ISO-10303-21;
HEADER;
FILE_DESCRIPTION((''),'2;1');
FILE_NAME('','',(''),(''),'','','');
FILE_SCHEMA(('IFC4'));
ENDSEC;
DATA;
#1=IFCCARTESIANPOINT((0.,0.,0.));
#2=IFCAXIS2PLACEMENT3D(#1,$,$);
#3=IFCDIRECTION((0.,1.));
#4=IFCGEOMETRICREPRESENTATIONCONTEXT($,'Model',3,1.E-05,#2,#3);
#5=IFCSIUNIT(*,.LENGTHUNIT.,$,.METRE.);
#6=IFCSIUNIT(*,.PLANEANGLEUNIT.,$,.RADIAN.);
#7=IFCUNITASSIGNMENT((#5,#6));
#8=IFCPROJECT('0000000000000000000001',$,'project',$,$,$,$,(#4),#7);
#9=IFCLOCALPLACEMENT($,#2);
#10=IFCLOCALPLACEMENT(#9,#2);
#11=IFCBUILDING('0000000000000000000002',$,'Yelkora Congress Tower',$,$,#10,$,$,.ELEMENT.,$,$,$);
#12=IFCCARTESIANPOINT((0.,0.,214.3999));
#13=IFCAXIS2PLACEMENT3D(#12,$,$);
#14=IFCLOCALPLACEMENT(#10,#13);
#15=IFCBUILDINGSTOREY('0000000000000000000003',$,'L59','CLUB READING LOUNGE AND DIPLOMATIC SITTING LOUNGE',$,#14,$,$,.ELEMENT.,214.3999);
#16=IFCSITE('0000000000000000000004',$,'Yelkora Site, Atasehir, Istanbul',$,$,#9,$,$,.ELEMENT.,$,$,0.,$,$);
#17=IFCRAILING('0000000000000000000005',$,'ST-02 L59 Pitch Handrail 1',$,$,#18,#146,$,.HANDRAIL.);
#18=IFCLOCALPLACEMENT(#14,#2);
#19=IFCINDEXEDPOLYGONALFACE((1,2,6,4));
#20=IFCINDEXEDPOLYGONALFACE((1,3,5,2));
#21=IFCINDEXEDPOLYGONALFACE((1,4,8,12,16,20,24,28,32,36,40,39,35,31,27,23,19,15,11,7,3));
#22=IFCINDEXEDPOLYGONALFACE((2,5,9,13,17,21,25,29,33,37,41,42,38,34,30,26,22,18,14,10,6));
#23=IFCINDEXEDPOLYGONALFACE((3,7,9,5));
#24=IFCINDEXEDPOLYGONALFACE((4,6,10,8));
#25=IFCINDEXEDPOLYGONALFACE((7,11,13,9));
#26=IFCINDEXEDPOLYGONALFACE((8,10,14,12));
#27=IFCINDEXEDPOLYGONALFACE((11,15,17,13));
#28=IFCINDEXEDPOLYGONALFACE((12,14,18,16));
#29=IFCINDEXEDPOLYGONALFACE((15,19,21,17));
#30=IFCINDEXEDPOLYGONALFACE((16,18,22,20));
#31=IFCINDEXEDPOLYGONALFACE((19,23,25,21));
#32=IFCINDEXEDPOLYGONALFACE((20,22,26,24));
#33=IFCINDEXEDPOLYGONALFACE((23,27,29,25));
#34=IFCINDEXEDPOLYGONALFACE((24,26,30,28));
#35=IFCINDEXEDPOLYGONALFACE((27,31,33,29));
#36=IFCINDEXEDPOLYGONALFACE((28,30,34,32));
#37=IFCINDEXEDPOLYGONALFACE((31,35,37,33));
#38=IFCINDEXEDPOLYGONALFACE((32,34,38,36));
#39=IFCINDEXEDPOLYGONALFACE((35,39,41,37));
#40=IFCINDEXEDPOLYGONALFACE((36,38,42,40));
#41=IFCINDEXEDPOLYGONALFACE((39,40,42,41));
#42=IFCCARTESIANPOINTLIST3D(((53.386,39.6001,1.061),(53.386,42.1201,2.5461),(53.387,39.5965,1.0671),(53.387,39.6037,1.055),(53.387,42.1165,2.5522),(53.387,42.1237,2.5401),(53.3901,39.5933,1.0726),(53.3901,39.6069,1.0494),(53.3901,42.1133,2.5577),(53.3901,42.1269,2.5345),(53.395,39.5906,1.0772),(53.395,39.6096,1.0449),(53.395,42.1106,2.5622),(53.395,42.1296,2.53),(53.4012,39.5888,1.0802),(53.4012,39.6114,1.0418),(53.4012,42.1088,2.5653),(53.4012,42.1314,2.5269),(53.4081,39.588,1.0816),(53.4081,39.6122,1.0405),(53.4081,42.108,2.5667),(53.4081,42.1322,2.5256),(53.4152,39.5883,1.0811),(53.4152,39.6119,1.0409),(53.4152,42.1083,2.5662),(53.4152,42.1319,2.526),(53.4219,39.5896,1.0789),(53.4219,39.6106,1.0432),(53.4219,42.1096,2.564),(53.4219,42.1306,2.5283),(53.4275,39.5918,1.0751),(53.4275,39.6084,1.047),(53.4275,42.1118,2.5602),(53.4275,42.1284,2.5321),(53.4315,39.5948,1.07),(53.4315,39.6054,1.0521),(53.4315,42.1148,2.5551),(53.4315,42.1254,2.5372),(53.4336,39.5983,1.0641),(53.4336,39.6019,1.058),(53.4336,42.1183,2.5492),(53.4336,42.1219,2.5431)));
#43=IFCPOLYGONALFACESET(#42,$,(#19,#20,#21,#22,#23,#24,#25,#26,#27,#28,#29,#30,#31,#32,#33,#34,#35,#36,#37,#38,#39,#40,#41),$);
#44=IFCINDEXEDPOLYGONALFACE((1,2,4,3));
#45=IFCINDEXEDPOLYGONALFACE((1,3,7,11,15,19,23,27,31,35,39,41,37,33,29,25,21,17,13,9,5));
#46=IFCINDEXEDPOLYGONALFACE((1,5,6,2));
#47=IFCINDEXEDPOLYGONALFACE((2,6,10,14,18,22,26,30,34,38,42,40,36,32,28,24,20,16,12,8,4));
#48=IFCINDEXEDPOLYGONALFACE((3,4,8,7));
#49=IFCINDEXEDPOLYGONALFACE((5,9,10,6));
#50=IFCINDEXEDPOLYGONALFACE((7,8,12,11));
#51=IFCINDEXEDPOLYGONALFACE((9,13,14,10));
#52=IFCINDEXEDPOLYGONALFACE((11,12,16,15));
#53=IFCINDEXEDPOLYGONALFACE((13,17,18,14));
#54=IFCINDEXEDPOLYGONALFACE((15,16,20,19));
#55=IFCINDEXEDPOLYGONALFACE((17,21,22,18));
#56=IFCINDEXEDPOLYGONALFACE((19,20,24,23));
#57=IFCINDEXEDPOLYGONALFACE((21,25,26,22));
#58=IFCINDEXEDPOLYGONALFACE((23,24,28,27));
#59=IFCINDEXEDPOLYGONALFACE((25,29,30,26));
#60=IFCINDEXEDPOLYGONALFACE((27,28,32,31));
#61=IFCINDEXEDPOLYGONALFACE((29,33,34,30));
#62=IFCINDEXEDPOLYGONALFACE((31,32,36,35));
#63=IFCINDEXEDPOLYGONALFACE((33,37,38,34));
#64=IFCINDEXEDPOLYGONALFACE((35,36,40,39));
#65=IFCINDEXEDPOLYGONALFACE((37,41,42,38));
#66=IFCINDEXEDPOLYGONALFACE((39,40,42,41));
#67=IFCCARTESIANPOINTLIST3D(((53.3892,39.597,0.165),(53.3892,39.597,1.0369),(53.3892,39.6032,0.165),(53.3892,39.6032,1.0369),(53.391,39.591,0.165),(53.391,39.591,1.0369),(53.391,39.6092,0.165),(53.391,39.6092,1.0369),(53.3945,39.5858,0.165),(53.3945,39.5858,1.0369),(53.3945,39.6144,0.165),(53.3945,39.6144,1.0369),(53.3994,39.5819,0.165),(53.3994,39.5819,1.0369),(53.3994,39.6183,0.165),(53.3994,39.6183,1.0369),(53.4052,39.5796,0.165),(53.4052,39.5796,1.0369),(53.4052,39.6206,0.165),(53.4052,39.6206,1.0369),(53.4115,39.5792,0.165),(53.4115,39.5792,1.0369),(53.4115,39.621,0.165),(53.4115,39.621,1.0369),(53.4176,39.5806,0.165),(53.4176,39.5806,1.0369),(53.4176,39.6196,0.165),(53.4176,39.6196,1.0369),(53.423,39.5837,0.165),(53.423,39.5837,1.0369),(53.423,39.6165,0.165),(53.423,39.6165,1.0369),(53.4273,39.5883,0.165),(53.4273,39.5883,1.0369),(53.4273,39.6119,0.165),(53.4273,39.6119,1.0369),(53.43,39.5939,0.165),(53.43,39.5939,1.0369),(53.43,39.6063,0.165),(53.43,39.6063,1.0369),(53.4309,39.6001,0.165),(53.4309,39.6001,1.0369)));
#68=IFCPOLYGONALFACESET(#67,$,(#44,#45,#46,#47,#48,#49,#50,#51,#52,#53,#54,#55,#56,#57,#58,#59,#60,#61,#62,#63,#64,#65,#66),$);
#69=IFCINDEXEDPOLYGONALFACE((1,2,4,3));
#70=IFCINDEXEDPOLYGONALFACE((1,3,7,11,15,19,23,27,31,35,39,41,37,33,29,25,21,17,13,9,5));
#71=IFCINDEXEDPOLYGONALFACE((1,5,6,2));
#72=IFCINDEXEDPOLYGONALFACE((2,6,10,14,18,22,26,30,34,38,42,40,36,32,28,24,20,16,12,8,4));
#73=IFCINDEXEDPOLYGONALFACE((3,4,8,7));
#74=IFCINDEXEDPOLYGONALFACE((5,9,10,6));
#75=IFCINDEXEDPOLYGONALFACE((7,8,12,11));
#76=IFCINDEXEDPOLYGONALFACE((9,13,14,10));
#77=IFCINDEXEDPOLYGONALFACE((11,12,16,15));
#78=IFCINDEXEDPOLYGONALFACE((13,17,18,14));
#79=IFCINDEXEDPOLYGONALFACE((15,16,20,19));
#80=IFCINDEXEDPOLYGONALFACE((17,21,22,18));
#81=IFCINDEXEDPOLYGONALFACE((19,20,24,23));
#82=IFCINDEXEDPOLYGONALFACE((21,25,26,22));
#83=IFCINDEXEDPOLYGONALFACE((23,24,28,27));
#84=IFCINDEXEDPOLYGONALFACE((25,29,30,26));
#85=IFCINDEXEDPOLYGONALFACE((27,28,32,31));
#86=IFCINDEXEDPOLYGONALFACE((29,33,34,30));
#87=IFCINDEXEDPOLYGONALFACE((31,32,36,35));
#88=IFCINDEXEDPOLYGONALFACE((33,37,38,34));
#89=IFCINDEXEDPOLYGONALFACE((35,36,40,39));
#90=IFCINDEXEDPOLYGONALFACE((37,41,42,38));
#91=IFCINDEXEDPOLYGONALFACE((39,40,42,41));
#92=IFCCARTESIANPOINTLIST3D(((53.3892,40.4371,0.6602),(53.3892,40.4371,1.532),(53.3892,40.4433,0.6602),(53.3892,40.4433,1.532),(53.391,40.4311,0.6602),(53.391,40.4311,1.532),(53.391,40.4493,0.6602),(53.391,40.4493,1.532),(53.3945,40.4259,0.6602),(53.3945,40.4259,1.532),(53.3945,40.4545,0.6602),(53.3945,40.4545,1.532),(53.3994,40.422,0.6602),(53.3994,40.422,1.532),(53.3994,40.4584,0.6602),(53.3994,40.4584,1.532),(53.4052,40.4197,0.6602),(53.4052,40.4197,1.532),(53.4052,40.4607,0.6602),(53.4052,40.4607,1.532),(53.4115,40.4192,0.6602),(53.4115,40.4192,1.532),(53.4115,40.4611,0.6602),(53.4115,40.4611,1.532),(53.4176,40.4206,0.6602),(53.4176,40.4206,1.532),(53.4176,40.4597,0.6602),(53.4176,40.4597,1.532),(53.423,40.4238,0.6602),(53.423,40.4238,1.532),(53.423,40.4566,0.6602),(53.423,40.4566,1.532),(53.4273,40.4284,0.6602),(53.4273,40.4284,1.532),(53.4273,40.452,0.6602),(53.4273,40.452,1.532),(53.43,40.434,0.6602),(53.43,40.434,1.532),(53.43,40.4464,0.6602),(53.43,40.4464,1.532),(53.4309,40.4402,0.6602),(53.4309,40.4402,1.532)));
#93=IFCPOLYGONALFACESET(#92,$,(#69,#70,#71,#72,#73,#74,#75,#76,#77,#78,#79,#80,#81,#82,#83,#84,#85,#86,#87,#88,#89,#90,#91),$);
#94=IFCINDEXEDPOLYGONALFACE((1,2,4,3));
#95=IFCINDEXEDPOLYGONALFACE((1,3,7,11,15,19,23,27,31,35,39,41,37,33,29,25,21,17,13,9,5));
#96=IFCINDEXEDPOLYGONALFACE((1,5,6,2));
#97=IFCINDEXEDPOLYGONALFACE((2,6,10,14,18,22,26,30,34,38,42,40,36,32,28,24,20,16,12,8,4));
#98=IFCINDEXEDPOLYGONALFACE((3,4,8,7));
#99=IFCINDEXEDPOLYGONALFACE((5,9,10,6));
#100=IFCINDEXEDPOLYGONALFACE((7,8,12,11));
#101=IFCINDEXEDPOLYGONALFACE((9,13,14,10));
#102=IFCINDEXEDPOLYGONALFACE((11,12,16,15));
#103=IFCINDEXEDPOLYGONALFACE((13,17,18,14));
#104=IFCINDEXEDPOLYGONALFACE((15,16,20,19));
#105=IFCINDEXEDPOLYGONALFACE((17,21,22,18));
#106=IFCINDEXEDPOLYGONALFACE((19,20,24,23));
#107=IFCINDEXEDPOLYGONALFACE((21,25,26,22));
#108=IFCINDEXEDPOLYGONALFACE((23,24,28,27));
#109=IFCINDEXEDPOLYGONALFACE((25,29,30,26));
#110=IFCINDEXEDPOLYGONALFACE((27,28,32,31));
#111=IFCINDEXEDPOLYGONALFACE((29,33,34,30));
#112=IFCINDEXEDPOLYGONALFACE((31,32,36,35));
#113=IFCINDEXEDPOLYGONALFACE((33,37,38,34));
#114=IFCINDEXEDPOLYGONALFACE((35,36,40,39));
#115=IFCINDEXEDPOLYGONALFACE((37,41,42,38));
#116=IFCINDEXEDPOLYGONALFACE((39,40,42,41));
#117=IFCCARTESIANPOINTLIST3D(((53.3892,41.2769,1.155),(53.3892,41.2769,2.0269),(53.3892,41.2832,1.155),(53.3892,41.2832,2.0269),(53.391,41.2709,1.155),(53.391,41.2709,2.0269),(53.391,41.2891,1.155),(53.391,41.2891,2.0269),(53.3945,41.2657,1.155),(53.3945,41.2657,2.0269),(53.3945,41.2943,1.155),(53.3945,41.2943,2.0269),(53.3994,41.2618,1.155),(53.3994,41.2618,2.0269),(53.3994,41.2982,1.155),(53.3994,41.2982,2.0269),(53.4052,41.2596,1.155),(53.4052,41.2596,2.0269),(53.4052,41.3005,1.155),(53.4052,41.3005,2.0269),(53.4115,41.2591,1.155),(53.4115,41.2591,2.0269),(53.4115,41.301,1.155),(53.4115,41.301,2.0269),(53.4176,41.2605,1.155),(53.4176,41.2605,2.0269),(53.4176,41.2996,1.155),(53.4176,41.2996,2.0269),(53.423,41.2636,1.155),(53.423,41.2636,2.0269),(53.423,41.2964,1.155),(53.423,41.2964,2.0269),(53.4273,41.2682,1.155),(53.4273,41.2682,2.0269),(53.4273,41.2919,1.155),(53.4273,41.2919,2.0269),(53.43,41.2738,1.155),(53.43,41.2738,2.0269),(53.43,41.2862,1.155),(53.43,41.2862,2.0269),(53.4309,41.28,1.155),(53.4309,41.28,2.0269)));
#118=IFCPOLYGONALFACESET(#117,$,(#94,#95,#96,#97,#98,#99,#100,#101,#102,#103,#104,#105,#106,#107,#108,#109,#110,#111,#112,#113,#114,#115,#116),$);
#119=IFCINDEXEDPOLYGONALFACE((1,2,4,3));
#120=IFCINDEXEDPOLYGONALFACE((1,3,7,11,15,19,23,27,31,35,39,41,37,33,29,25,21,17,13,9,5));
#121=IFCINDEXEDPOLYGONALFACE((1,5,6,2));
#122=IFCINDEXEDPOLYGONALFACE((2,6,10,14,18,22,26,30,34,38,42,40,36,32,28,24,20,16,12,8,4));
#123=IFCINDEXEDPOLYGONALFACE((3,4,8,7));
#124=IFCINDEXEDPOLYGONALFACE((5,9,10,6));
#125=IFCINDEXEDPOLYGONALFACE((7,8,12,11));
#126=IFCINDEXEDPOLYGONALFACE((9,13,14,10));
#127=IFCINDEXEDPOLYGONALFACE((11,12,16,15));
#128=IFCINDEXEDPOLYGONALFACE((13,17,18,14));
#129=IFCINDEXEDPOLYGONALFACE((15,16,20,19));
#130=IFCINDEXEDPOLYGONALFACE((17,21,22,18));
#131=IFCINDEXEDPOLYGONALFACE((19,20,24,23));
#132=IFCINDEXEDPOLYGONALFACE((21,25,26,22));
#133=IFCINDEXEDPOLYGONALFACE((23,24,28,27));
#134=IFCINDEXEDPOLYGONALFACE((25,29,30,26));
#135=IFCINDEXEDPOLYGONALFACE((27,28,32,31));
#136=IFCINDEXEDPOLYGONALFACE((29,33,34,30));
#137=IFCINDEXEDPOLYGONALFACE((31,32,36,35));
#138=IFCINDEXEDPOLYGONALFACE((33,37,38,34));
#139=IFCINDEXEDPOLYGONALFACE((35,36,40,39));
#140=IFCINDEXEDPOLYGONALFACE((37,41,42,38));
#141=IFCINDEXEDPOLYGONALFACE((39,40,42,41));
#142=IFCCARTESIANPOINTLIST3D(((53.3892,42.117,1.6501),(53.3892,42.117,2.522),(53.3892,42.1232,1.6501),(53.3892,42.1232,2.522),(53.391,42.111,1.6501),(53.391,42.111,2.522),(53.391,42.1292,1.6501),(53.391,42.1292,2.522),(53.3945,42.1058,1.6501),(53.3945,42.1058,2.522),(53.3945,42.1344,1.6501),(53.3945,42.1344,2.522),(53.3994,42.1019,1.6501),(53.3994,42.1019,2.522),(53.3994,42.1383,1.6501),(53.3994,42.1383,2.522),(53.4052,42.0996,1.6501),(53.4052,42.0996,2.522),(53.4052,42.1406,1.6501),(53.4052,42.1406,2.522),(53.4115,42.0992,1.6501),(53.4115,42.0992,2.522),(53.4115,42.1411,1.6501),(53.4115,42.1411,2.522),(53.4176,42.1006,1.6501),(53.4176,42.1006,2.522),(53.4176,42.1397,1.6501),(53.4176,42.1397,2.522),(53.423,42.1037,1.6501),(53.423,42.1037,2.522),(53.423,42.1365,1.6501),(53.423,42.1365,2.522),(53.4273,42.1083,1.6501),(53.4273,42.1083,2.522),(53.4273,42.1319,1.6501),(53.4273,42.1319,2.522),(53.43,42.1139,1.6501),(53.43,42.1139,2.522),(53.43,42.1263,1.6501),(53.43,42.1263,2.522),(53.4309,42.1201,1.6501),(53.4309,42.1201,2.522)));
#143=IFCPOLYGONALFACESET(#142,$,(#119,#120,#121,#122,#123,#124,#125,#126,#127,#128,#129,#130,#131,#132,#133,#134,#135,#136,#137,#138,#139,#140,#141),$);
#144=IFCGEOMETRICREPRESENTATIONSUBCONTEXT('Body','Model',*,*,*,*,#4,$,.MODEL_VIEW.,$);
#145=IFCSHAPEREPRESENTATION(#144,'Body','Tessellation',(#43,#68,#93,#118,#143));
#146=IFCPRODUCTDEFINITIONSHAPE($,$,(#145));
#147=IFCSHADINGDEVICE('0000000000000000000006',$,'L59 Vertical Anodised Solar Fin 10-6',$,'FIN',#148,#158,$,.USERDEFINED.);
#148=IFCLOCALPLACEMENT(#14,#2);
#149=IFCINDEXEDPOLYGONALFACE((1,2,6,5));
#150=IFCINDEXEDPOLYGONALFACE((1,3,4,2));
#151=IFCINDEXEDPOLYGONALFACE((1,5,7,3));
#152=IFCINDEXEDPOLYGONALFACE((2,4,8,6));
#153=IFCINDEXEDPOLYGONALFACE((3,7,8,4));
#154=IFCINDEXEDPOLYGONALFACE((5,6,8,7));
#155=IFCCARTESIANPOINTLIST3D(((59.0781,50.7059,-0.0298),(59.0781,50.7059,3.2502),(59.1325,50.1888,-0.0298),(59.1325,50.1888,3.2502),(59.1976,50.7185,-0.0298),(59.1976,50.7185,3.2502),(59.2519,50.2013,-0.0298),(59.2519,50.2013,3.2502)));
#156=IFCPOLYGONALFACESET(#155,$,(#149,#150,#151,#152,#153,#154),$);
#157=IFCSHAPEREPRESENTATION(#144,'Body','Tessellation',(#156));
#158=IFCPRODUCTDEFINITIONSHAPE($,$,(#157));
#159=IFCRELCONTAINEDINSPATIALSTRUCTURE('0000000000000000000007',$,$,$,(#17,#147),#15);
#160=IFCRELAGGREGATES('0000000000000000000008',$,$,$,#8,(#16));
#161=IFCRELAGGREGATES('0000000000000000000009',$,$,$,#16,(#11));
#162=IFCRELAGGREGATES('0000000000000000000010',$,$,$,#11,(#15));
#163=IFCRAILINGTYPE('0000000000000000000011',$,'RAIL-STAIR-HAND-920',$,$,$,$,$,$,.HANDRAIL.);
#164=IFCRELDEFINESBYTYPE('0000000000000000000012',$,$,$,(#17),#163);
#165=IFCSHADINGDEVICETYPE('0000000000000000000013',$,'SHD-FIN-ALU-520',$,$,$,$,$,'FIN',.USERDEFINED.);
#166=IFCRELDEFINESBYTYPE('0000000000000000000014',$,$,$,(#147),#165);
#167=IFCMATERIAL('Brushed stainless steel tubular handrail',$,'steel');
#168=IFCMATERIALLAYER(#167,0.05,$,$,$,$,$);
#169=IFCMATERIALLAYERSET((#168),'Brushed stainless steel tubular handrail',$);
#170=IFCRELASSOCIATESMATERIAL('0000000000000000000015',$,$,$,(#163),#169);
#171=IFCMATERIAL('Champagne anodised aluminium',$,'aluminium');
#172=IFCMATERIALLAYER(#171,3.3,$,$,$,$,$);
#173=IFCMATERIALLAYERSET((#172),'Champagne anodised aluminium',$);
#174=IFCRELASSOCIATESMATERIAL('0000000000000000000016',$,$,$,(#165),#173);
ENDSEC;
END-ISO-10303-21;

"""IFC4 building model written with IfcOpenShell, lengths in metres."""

from ifc_helpers import new_model, si_unit, direction, frame, origin, origin_2d, place, context, subcontext, project, spatial, rectangle, circle, extrude, material, layer, layer_set, type_object, element, save


model = new_model("IFC4")

# Units and contexts
model_context = context("Model", 3, precision=1e-05, world=origin(), true_north=direction((0.0, 1.0)))
body_context = subcontext(model_context, "Body", "Model", "MODEL_VIEW")
ifc_project = project(units=[si_unit("LENGTHUNIT", "METRE"), si_unit("PLANEANGLEUNIT", "RADIAN")], contexts=[model_context])

# Site, building, storey
site_placement = place(None, origin())
site = spatial("IfcSite", under=ifc_project, at=site_placement, Name="Yelkora Site, Atasehir, Istanbul", CompositionType="ELEMENT", RefElevation=0.0)
building_placement = place(site_placement, origin())
building = spatial("IfcBuilding", under=site, at=building_placement, Name="Yelkora Congress Tower", CompositionType="ELEMENT")
storey_placement = place(building_placement, frame((0.0, 0.0, 214.3999)))
storey = spatial("IfcBuildingStorey", under=building, at=storey_placement, Name="L59", Description="CLUB READING LOUNGE AND DIPLOMATIC SITTING LOUNGE", CompositionType="ELEMENT", Elevation=214.3999)

# Railing
ifc_material_1 = material(Name="Brushed stainless steel tubular handrail", Category="steel")
ifc_layer_1 = layer(ifc_material_1, 0.05)
ifc_layer_set_1 = layer_set([ifc_layer_1], Name="Brushed stainless steel tubular handrail")
railing_type_1 = type_object("IfcRailingType", Name="RAIL-STAIR-HAND-920", PredefinedType="HANDRAIL", material=ifc_layer_set_1)
railing_1_placement = place(storey_placement, frame((53.4099, 39.6001, 0.165)))
element("IfcRailing", 1, at=railing_1_placement, inside=storey, type_object=railing_type_1, Name="ST-02 L59 Pitch Handrail 1", PredefinedType="HANDRAIL", context=body_context, shape_type="SweptSolid", body=[
    extrude(circle(Radius=0.0239, at=origin_2d()), frame((0.0, 0.0, 0.896), z_axis=(0.0, 0.861524, 0.507717), x_axis=(-1.0, 0.0, 0.0)), (0.0, 0.0, 1.0), 2.925),
    extrude(circle(Radius=0.021, at=origin_2d()), origin(), (0.0, 0.0, 1.0), 0.8718),
    extrude(circle(Radius=0.021, at=origin_2d()), frame((0.0, 0.8401, 0.4951)), (0.0, 0.0, 1.0), 0.8718),
    extrude(circle(Radius=0.021, at=origin_2d()), frame((0.0, 1.6799, 0.99)), (0.0, 0.0, 1.0), 0.8718),
    extrude(circle(Radius=0.021, at=origin_2d()), frame((0.0, 2.52, 1.4851)), (0.0, 0.0, 1.0), 0.8718),
])

# Shading device
ifc_material_2 = material(Name="Champagne anodised aluminium", Category="aluminium")
ifc_layer_2 = layer(ifc_material_2, 3.3)
ifc_layer_set_2 = layer_set([ifc_layer_2], Name="Champagne anodised aluminium")
shading_device_type = type_object("IfcShadingDeviceType", Name="SHD-FIN-ALU-520", ElementType="FIN", PredefinedType="USERDEFINED", material=ifc_layer_set_2)
shading_device_placement = place(storey_placement, frame((59.165, 50.4536, -0.0298), z_axis=(0.0, 0.0, 1.0), x_axis=(0.994522, 0.104528, 0.0)))
element("IfcShadingDevice", 2, at=shading_device_placement, inside=storey, type_object=shading_device_type, Name="L59 Vertical Anodised Solar Fin 10-6", ObjectType="FIN", PredefinedType="USERDEFINED", context=body_context, shape_type="SweptSolid", body=[
    extrude(rectangle(XDim=0.1201, YDim=0.52, at=origin_2d()), origin(), (0.0, 0.0, 1.0), 3.28),
])

save(model, "model.ifc")
